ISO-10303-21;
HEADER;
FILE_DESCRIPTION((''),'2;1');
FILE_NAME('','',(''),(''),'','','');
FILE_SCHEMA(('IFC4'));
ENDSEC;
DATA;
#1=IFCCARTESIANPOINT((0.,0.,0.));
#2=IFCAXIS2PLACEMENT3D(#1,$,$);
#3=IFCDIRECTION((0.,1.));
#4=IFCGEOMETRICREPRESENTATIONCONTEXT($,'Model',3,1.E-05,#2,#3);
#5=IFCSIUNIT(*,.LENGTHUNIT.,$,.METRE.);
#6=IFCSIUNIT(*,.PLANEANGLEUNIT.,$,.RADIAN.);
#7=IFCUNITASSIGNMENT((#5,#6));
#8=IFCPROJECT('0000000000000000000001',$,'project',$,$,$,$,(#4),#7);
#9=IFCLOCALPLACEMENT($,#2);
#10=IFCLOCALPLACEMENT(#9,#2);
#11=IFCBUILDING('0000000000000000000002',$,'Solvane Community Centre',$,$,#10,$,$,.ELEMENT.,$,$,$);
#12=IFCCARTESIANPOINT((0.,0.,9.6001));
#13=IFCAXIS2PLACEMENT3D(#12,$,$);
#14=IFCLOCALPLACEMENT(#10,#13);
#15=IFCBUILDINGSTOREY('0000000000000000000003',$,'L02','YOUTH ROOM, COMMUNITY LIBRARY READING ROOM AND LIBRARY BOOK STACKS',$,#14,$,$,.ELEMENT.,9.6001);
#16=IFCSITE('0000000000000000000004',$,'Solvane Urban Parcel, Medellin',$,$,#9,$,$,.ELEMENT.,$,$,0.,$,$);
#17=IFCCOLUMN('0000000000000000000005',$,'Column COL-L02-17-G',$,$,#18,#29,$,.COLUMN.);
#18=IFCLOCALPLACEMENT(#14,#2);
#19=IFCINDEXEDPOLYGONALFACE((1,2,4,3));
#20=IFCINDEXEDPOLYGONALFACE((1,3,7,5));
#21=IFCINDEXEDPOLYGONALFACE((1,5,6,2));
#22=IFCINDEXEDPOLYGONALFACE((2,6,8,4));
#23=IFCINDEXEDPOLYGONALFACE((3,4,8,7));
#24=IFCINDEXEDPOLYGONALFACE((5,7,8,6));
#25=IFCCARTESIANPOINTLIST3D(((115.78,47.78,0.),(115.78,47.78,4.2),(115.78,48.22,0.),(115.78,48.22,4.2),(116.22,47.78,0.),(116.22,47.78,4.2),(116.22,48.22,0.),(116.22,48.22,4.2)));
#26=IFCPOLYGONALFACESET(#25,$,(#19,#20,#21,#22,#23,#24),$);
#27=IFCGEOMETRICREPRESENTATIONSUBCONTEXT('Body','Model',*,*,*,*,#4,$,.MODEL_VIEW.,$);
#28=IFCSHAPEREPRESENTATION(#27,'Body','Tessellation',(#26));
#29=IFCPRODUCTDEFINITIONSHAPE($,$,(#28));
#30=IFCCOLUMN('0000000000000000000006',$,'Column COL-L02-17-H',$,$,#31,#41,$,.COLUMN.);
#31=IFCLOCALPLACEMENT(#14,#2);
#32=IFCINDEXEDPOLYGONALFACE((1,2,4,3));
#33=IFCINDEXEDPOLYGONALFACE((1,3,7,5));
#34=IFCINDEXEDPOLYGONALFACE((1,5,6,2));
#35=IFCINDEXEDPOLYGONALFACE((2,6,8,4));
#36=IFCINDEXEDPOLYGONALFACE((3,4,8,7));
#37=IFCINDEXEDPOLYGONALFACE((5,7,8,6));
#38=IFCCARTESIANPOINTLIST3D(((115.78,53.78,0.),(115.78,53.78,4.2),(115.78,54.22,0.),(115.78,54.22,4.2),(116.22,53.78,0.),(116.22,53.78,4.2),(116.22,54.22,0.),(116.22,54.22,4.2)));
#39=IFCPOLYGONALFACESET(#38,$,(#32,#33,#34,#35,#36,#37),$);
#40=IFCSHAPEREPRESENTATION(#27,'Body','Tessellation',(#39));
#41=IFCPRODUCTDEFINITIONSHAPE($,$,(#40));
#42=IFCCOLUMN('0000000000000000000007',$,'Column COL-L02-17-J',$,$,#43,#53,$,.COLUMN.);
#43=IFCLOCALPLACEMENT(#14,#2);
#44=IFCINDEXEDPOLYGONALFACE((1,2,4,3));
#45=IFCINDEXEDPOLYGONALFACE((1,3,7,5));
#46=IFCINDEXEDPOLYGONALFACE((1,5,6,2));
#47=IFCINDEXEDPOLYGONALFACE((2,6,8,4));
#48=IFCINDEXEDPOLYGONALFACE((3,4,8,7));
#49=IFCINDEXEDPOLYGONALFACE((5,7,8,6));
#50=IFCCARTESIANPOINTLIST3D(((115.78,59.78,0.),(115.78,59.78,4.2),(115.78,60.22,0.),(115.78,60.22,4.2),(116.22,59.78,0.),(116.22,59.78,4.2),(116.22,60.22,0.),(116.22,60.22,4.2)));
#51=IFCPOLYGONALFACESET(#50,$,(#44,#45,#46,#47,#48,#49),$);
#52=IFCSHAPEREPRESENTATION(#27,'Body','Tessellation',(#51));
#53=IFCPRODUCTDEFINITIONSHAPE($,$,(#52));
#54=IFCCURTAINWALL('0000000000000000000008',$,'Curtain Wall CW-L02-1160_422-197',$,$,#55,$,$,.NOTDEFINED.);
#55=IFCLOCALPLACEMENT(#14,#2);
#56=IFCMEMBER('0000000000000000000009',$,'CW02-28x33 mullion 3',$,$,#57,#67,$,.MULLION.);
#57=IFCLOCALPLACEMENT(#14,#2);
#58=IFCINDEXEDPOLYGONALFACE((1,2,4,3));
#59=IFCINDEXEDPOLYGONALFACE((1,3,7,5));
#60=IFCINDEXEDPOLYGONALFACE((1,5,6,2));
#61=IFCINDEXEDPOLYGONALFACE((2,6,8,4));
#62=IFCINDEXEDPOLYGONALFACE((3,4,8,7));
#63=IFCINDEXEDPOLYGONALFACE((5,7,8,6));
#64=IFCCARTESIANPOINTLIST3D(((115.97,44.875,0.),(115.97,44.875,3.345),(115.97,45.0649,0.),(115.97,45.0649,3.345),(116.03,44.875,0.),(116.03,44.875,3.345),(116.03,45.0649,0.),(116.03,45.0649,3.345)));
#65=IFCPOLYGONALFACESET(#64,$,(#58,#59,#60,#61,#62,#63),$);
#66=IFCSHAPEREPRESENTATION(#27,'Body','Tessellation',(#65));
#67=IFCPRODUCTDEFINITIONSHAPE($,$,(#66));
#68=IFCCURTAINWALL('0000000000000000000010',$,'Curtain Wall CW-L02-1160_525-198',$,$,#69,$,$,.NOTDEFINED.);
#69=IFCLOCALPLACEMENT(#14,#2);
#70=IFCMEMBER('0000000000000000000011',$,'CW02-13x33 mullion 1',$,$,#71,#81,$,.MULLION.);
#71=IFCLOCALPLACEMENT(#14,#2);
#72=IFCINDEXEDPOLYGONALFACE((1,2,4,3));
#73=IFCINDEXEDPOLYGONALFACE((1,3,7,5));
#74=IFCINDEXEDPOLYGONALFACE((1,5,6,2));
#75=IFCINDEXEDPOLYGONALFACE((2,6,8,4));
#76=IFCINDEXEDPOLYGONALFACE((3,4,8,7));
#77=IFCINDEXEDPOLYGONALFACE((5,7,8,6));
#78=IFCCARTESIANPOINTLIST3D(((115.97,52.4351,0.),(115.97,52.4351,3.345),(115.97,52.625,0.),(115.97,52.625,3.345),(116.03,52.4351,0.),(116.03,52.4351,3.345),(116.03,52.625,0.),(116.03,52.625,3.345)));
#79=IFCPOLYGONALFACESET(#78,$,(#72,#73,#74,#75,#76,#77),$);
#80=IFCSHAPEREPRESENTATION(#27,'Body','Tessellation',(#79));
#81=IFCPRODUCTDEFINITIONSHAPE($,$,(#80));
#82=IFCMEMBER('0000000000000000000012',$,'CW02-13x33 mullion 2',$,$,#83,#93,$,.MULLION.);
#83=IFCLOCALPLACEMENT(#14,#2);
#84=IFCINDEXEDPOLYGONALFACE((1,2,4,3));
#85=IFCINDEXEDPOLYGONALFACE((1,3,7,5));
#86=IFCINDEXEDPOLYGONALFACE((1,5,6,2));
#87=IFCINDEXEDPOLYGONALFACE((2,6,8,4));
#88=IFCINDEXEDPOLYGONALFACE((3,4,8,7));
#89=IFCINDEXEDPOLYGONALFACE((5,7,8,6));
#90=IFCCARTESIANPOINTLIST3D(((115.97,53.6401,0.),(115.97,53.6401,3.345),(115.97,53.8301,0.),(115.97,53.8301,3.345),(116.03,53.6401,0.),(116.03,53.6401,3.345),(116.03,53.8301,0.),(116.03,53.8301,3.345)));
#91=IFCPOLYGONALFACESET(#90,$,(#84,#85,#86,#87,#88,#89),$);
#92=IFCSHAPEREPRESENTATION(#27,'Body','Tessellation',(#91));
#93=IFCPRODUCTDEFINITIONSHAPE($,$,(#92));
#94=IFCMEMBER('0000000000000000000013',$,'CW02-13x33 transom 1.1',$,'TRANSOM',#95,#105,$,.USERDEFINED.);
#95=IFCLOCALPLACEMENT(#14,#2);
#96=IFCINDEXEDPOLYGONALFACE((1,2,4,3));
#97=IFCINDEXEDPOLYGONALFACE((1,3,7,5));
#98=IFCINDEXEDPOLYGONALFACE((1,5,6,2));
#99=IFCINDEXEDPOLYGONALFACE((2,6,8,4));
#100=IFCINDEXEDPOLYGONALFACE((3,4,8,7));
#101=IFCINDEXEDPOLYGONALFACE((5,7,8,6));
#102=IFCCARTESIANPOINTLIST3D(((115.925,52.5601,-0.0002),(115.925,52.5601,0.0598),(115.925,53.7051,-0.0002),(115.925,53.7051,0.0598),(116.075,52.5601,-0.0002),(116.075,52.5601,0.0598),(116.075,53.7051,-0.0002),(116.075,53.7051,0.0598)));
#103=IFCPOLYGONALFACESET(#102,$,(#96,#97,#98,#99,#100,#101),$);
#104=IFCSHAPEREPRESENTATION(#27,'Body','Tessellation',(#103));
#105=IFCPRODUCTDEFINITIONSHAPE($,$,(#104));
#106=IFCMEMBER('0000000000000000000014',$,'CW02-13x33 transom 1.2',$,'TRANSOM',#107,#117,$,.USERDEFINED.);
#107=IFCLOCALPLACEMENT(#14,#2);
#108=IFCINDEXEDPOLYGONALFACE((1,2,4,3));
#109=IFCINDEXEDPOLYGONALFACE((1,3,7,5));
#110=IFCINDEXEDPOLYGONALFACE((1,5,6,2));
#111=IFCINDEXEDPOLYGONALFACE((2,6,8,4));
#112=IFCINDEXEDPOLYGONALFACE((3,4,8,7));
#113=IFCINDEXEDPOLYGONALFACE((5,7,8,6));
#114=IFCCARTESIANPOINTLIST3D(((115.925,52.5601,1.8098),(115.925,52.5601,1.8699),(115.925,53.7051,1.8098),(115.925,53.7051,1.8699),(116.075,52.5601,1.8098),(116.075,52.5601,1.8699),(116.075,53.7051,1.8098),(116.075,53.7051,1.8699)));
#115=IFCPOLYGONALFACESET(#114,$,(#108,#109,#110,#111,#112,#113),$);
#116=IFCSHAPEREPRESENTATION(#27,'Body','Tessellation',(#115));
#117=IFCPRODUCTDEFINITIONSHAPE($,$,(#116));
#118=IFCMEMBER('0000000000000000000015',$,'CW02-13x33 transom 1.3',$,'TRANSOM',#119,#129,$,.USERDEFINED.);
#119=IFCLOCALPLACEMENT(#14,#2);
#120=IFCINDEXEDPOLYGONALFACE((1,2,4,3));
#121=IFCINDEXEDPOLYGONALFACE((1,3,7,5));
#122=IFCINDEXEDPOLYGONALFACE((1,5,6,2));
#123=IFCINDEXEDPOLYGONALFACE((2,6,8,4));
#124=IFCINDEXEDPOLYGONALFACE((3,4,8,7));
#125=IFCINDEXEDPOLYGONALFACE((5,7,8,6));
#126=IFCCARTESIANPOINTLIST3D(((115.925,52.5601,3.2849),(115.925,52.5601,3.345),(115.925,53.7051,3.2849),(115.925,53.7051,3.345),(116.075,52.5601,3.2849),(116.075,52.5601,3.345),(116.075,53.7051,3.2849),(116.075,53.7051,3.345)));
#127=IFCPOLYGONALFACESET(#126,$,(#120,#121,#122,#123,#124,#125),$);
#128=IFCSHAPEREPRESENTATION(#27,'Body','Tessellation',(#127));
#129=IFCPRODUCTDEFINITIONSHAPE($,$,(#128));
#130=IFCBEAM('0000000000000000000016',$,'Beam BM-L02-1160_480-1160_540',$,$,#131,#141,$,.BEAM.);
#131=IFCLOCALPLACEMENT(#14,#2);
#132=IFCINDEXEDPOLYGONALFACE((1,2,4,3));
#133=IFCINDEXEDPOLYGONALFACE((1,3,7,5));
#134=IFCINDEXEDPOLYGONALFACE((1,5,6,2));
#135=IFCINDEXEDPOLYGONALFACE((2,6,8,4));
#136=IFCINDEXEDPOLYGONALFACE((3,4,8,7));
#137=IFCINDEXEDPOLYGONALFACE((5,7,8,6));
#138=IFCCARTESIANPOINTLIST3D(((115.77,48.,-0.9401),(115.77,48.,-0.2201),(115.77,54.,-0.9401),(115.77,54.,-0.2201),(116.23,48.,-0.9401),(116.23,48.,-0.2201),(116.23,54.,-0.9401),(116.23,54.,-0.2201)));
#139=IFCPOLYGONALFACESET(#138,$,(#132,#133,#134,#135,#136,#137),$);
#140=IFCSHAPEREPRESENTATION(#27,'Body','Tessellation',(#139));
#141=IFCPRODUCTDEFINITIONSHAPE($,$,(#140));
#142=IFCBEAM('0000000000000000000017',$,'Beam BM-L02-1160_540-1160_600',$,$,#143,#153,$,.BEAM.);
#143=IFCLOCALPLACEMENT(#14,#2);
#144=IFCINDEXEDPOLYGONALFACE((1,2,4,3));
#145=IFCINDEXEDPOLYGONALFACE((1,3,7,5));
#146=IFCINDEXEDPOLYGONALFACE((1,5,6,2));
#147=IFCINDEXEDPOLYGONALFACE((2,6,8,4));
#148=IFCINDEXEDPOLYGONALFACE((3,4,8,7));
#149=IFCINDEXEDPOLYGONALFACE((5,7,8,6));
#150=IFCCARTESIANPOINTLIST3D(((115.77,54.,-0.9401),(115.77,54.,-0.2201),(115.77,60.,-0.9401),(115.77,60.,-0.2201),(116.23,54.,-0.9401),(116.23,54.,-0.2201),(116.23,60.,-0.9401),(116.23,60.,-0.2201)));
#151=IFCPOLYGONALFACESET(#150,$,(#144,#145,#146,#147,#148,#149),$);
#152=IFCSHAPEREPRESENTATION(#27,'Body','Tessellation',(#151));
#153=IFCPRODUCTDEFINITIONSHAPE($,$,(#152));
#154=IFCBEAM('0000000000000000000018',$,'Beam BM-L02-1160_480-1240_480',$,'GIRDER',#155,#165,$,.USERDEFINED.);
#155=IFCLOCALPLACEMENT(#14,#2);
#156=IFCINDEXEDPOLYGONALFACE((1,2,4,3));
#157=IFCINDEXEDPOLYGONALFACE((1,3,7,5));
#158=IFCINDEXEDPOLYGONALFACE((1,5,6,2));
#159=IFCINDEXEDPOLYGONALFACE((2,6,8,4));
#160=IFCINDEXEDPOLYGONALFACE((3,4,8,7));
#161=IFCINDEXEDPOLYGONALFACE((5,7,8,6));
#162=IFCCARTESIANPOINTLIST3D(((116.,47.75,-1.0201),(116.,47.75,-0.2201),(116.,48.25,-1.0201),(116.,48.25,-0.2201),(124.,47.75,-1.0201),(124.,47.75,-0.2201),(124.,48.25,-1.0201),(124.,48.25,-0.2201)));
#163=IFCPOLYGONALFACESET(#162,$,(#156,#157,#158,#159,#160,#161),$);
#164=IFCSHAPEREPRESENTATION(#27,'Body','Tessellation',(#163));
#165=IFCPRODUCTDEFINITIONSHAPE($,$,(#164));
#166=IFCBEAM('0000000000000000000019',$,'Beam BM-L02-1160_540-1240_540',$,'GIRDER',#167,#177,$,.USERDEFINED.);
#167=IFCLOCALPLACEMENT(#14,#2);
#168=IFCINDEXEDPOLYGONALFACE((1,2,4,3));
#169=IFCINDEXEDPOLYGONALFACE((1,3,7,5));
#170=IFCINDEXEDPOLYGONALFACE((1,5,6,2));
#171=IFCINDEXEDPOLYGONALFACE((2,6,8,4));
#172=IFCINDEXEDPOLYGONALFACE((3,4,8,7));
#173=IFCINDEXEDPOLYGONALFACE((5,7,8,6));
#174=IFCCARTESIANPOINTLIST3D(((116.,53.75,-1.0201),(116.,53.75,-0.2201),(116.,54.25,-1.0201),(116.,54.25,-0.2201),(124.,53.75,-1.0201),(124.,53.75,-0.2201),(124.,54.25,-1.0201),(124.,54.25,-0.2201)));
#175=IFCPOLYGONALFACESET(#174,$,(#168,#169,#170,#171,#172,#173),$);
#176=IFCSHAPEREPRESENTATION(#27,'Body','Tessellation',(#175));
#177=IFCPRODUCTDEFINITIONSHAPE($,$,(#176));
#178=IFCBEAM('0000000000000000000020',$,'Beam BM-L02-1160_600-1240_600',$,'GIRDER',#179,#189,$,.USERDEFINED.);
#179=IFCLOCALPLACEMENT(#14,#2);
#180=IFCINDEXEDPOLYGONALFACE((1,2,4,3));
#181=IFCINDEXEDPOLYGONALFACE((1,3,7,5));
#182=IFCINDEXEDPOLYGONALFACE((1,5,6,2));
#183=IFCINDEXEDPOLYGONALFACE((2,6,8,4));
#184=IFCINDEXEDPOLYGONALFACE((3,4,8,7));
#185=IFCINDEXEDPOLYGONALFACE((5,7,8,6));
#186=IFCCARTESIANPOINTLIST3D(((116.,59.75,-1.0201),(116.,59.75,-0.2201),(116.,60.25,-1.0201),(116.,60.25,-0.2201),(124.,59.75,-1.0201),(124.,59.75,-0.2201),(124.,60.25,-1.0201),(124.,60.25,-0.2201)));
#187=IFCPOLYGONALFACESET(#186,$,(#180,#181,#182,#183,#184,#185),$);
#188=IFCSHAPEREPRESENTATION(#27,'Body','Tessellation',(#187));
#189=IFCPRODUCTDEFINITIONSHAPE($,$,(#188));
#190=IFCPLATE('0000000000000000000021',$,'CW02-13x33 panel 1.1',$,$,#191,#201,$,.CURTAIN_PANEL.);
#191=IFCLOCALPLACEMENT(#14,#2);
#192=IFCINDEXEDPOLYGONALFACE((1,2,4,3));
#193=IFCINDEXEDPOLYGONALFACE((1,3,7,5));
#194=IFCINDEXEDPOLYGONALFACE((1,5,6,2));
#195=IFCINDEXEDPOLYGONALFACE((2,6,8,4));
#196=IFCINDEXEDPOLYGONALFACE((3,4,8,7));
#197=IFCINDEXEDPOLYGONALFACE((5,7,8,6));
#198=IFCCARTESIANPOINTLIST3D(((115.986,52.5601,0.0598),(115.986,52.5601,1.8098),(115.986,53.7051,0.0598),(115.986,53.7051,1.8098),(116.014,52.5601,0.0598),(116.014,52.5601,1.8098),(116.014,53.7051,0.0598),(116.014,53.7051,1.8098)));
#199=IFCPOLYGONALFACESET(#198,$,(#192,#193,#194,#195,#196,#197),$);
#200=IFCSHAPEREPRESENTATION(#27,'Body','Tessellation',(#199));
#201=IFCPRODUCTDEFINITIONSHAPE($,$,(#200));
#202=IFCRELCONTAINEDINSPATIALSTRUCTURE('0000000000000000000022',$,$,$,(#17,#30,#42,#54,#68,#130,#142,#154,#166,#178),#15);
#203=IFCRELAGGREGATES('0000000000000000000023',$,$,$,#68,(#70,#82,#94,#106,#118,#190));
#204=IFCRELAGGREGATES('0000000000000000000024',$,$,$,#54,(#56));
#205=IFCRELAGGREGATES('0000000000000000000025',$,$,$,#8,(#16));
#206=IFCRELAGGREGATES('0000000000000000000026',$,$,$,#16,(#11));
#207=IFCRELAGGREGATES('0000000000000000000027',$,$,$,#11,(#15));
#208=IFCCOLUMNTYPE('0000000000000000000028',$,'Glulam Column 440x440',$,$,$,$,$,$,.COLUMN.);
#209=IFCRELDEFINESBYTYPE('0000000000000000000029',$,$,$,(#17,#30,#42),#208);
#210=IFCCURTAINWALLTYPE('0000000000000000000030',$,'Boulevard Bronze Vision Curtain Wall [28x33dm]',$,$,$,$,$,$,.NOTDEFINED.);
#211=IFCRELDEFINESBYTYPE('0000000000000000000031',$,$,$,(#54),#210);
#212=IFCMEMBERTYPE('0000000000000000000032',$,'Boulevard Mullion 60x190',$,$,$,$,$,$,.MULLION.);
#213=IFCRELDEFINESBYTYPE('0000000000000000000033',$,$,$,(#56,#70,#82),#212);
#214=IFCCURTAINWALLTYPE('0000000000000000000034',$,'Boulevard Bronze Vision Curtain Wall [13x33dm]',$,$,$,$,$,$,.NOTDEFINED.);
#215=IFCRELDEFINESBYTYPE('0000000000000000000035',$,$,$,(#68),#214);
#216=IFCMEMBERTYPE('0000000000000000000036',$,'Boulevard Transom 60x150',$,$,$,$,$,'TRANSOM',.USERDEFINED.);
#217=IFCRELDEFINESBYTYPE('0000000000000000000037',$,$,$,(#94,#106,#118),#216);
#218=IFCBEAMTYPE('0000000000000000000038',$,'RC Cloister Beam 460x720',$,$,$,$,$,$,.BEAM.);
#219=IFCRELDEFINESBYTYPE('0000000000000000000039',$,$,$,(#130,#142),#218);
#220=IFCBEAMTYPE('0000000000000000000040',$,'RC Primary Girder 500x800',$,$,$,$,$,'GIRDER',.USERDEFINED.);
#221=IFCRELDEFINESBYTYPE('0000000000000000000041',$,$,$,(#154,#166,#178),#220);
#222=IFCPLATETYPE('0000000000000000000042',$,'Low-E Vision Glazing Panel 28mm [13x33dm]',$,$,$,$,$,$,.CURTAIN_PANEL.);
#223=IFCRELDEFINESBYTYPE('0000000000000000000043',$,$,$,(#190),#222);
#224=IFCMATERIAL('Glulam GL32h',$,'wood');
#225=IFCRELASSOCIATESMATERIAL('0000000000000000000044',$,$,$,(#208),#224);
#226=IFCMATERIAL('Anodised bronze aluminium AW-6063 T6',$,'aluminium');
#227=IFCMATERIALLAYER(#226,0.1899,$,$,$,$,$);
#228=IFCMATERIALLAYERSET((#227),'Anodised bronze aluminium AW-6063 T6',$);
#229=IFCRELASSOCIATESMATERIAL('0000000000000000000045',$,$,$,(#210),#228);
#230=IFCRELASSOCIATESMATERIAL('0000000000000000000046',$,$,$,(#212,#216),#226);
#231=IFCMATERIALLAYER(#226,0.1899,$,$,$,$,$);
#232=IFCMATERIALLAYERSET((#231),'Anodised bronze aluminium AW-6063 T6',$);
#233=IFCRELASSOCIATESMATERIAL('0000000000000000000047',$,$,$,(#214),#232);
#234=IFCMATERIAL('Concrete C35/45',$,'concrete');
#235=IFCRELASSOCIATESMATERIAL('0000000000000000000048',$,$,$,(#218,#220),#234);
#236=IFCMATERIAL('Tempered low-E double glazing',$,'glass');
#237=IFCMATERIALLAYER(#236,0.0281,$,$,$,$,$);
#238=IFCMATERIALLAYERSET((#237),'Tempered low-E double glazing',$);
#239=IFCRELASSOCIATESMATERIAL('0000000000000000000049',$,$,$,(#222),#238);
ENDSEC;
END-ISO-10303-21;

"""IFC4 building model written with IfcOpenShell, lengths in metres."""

from ifc_helpers import new_model, si_unit, direction, frame, origin, origin_2d, place, context, subcontext, project, spatial, rectangle, extrude, material, layer, layer_set, material_profile, profile_set, type_object, element, aggregate, save


model = new_model("IFC4")

# Units and contexts
model_context = context("Model", 3, precision=1e-05, world=origin(), true_north=direction((0.0, 1.0)))
body_context = subcontext(model_context, "Body", "Model", "MODEL_VIEW")
ifc_project = project(units=[si_unit("LENGTHUNIT", "METRE"), si_unit("PLANEANGLEUNIT", "RADIAN")], contexts=[model_context])

# Site, building, storey
site_placement = place(None, origin())
site = spatial("IfcSite", under=ifc_project, at=site_placement, Name="Solvane Urban Parcel, Medellin", CompositionType="ELEMENT", RefElevation=0.0)
building_placement = place(site_placement, origin())
building = spatial("IfcBuilding", under=site, at=building_placement, Name="Solvane Community Centre", CompositionType="ELEMENT")
storey_placement = place(building_placement, frame((0.0, 0.0, 9.6001)))
storey = spatial("IfcBuildingStorey", under=building, at=storey_placement, Name="L02", Description="YOUTH ROOM, COMMUNITY LIBRARY READING ROOM AND LIBRARY BOOK STACKS", CompositionType="ELEMENT", Elevation=9.6001)

# Columns
ifc_material_1 = material(Name="Glulam GL32h", Category="wood")
ifc_material_profile_1 = material_profile(ifc_material_1, rectangle(XDim=0.4399, YDim=0.4399, at=origin_2d()), Name="GL32h 440x440")
ifc_profile_set_1 = profile_set([ifc_material_profile_1], Name="Glulam GL32h")
column_type = type_object("IfcColumnType", Name="Glulam Column 440x440", PredefinedType="COLUMN", material=ifc_profile_set_1)
for number, where, z_axis, x_axis, name in (
    (1, (116.0, 48.0, 0.0), (0.0, 0.0, 1.0), (1.0, 0.0, 0.0), "Column COL-L02-17-G"),
    (2, (116.0, 54.0, 0.0), (0.0, 0.0, 1.0), (1.0, 0.0, 0.0), "Column COL-L02-17-H"),
    (3, (116.0, 60.0, 0.0), (0.0, 0.0, 1.0), (1.0, 0.0, 0.0), "Column COL-L02-17-J"),
):
    element("IfcColumn", number, at=place(storey_placement, frame(where, z_axis=z_axis, x_axis=x_axis)), inside=storey, type_object=column_type, Name=name, PredefinedType="COLUMN", context=body_context, shape_type="SweptSolid", body=[
        extrude(rectangle(XDim=0.4399, YDim=0.4399, at=origin_2d()), origin(), (0.0, 0.0, 1.0), 4.2),
    ])

# Curtain wall, member
ifc_material_2 = material(Name="Anodised bronze aluminium AW-6063 T6", Category="aluminium")
ifc_layer_1 = layer(ifc_material_2, 0.1899)
ifc_layer_set_1 = layer_set([ifc_layer_1], Name="Anodised bronze aluminium AW-6063 T6")
curtain_wall_type_1 = type_object("IfcCurtainWallType", Name="Boulevard Bronze Vision Curtain Wall [28x33dm]", PredefinedType="NOTDEFINED", material=ifc_layer_set_1)
curtain_wall_1_placement = place(storey_placement, origin())
curtain_wall_1 = element("IfcCurtainWall", 4, at=curtain_wall_1_placement, inside=storey, type_object=curtain_wall_type_1, Name="Curtain Wall CW-L02-1160_422-197", PredefinedType="NOTDEFINED")
ifc_material_profile_2 = material_profile(ifc_material_2, rectangle(XDim=0.0601, YDim=0.1899, at=origin_2d()), Name="CW-M 60x190")
ifc_profile_set_2 = profile_set([ifc_material_profile_2], Name="Anodised bronze aluminium AW-6063 T6")
member_type_1 = type_object("IfcMemberType", Name="Boulevard Mullion 60x190", PredefinedType="MULLION", material=ifc_profile_set_2)
member_1_placement = place(storey_placement, frame((116.0, 44.97, 0.0), z_axis=(0.0, 0.0, 1.0), x_axis=(-1.0, 0.0, 0.0)))
member_1 = element("IfcMember", 5, at=member_1_placement, type_object=member_type_1, Name="CW02-28x33 mullion 3", PredefinedType="MULLION", context=body_context, shape_type="SweptSolid", body=[
    extrude(rectangle(XDim=0.0601, YDim=0.1899, at=origin_2d()), origin(), (0.0, 0.0, 1.0), 3.345),
])

# Curtain wall, members
ifc_layer_2 = layer(ifc_material_2, 0.1899)
ifc_layer_set_2 = layer_set([ifc_layer_2], Name="Anodised bronze aluminium AW-6063 T6")
curtain_wall_type_2 = type_object("IfcCurtainWallType", Name="Boulevard Bronze Vision Curtain Wall [13x33dm]", PredefinedType="NOTDEFINED", material=ifc_layer_set_2)
curtain_wall_2_placement = place(storey_placement, origin())
curtain_wall_2 = element("IfcCurtainWall", 6, at=curtain_wall_2_placement, inside=storey, type_object=curtain_wall_type_2, Name="Curtain Wall CW-L02-1160_525-198", PredefinedType="NOTDEFINED")
member_2_placement = place(storey_placement, frame((116.0, 52.53, 0.0), z_axis=(0.0, 0.0, 1.0), x_axis=(-1.0, 0.0, 0.0)))
member_2 = element("IfcMember", 7, at=member_2_placement, type_object=member_type_1, Name="CW02-13x33 mullion 1", PredefinedType="MULLION", context=body_context, shape_type="SweptSolid", body=[
    extrude(rectangle(XDim=0.0601, YDim=0.1899, at=origin_2d()), origin(), (0.0, 0.0, 1.0), 3.345),
])
member_3_placement = place(storey_placement, frame((116.0, 53.7351, 0.0), z_axis=(0.0, 0.0, 1.0), x_axis=(-1.0, 0.0, 0.0)))
member_3 = element("IfcMember", 8, at=member_3_placement, type_object=member_type_1, Name="CW02-13x33 mullion 2", PredefinedType="MULLION", context=body_context, shape_type="SweptSolid", body=[
    extrude(rectangle(XDim=0.0601, YDim=0.1899, at=origin_2d()), origin(), (0.0, 0.0, 1.0), 3.345),
])
ifc_material_profile_3 = material_profile(ifc_material_2, rectangle(XDim=0.1499, YDim=0.0601, at=origin_2d()), Name="CW-T 60x150")
ifc_profile_set_3 = profile_set([ifc_material_profile_3], Name="Anodised bronze aluminium AW-6063 T6")
member_type_2 = type_object("IfcMemberType", Name="Boulevard Transom 60x150", ElementType="TRANSOM", PredefinedType="USERDEFINED", material=ifc_profile_set_3)
member_4_placement = place(storey_placement, frame((116.0, 52.5601, 0.0298), z_axis=(0.0, 1.0, 0.0), x_axis=(-1.0, 0.0, 0.0)))
member_4 = element("IfcMember", 9, at=member_4_placement, type_object=member_type_2, Name="CW02-13x33 transom 1.1", ObjectType="TRANSOM", PredefinedType="USERDEFINED", context=body_context, shape_type="SweptSolid", body=[
    extrude(rectangle(XDim=0.1499, YDim=0.0601, at=origin_2d()), origin(), (0.0, 0.0, 1.0), 1.145),
])
member_5_placement = place(storey_placement, frame((116.0, 52.5601, 1.8398), z_axis=(0.0, 1.0, 0.0), x_axis=(-1.0, 0.0, 0.0)))
member_5 = element("IfcMember", 10, at=member_5_placement, type_object=member_type_2, Name="CW02-13x33 transom 1.2", ObjectType="TRANSOM", PredefinedType="USERDEFINED", context=body_context, shape_type="SweptSolid", body=[
    extrude(rectangle(XDim=0.1499, YDim=0.0601, at=origin_2d()), origin(), (0.0, 0.0, 1.0), 1.145),
])
member_6_placement = place(storey_placement, frame((116.0, 52.5601, 3.3149), z_axis=(0.0, 1.0, 0.0), x_axis=(-1.0, 0.0, 0.0)))
member_6 = element("IfcMember", 11, at=member_6_placement, type_object=member_type_2, Name="CW02-13x33 transom 1.3", ObjectType="TRANSOM", PredefinedType="USERDEFINED", context=body_context, shape_type="SweptSolid", body=[
    extrude(rectangle(XDim=0.1499, YDim=0.0601, at=origin_2d()), origin(), (0.0, 0.0, 1.0), 1.145),
])

# Beams
ifc_material_3 = material(Name="Concrete C35/45", Category="concrete")
ifc_material_profile_4 = material_profile(ifc_material_3, rectangle(XDim=0.46, YDim=0.72, at=origin_2d()), Name="RC 460x720")
ifc_profile_set_4 = profile_set([ifc_material_profile_4], Name="Concrete C35/45")
beam_type_1 = type_object("IfcBeamType", Name="RC Cloister Beam 460x720", PredefinedType="BEAM", material=ifc_profile_set_4)
for number, where, z_axis, x_axis, name in (
    (12, (116.0, 48.0, -0.5801), (0.0, 1.0, 0.0), (-1.0, 0.0, 0.0), "Beam BM-L02-1160_480-1160_540"),
    (13, (116.0, 54.0, -0.5801), (0.0, 1.0, 0.0), (-1.0, 0.0, 0.0), "Beam BM-L02-1160_540-1160_600"),
):
    element("IfcBeam", number, at=place(storey_placement, frame(where, z_axis=z_axis, x_axis=x_axis)), inside=storey, type_object=beam_type_1, Name=name, PredefinedType="BEAM", context=body_context, shape_type="SweptSolid", body=[
        extrude(rectangle(XDim=0.46, YDim=0.72, at=origin_2d()), origin(), (0.0, 0.0, 1.0), 6.0),
    ])
ifc_material_profile_5 = material_profile(ifc_material_3, rectangle(XDim=0.5, YDim=0.8, at=origin_2d()), Name="RC 500x800")
ifc_profile_set_5 = profile_set([ifc_material_profile_5], Name="Concrete C35/45")
beam_type_2 = type_object("IfcBeamType", Name="RC Primary Girder 500x800", ElementType="GIRDER", PredefinedType="USERDEFINED", material=ifc_profile_set_5)
for number, where, z_axis, x_axis, name in (
    (14, (116.0, 48.0, -0.6201), (1.0, 0.0, 0.0), (0.0, 1.0, 0.0), "Beam BM-L02-1160_480-1240_480"),
    (15, (116.0, 54.0, -0.6201), (1.0, 0.0, 0.0), (0.0, 1.0, 0.0), "Beam BM-L02-1160_540-1240_540"),
    (16, (116.0, 60.0, -0.6201), (1.0, 0.0, 0.0), (0.0, 1.0, 0.0), "Beam BM-L02-1160_600-1240_600"),
):
    element("IfcBeam", number, at=place(storey_placement, frame(where, z_axis=z_axis, x_axis=x_axis)), inside=storey, type_object=beam_type_2, Name=name, ObjectType="GIRDER", PredefinedType="USERDEFINED", context=body_context, shape_type="SweptSolid", body=[
        extrude(rectangle(XDim=0.5, YDim=0.8, at=origin_2d()), origin(), (0.0, 0.0, 1.0), 8.0),
    ])

# Plate
ifc_material_4 = material(Name="Tempered low-E double glazing", Category="glass")
ifc_layer_3 = layer(ifc_material_4, 0.0281)
ifc_layer_set_3 = layer_set([ifc_layer_3], Name="Tempered low-E double glazing")
plate_type_1 = type_object("IfcPlateType", Name="Low-E Vision Glazing Panel 28mm [13x33dm]", PredefinedType="CURTAIN_PANEL", material=ifc_layer_set_3)
plate_1_placement = place(storey_placement, frame((116.0, 53.1326, 0.0598), z_axis=(0.0, 0.0, 1.0), x_axis=(0.0, 1.0, 0.0)))
plate_1 = element("IfcPlate", 17, at=plate_1_placement, type_object=plate_type_1, Name="CW02-13x33 panel 1.1", PredefinedType="CURTAIN_PANEL", context=body_context, shape_type="SweptSolid", body=[
    extrude(rectangle(XDim=1.145, YDim=0.0281, at=origin_2d()), origin(), (0.0, 0.0, 1.0), 1.75),
])
aggregate(curtain_wall_2, [member_2, member_3, member_4, member_5, member_6, plate_1])
aggregate(curtain_wall_1, [member_1])

save(model, "model.ifc")
